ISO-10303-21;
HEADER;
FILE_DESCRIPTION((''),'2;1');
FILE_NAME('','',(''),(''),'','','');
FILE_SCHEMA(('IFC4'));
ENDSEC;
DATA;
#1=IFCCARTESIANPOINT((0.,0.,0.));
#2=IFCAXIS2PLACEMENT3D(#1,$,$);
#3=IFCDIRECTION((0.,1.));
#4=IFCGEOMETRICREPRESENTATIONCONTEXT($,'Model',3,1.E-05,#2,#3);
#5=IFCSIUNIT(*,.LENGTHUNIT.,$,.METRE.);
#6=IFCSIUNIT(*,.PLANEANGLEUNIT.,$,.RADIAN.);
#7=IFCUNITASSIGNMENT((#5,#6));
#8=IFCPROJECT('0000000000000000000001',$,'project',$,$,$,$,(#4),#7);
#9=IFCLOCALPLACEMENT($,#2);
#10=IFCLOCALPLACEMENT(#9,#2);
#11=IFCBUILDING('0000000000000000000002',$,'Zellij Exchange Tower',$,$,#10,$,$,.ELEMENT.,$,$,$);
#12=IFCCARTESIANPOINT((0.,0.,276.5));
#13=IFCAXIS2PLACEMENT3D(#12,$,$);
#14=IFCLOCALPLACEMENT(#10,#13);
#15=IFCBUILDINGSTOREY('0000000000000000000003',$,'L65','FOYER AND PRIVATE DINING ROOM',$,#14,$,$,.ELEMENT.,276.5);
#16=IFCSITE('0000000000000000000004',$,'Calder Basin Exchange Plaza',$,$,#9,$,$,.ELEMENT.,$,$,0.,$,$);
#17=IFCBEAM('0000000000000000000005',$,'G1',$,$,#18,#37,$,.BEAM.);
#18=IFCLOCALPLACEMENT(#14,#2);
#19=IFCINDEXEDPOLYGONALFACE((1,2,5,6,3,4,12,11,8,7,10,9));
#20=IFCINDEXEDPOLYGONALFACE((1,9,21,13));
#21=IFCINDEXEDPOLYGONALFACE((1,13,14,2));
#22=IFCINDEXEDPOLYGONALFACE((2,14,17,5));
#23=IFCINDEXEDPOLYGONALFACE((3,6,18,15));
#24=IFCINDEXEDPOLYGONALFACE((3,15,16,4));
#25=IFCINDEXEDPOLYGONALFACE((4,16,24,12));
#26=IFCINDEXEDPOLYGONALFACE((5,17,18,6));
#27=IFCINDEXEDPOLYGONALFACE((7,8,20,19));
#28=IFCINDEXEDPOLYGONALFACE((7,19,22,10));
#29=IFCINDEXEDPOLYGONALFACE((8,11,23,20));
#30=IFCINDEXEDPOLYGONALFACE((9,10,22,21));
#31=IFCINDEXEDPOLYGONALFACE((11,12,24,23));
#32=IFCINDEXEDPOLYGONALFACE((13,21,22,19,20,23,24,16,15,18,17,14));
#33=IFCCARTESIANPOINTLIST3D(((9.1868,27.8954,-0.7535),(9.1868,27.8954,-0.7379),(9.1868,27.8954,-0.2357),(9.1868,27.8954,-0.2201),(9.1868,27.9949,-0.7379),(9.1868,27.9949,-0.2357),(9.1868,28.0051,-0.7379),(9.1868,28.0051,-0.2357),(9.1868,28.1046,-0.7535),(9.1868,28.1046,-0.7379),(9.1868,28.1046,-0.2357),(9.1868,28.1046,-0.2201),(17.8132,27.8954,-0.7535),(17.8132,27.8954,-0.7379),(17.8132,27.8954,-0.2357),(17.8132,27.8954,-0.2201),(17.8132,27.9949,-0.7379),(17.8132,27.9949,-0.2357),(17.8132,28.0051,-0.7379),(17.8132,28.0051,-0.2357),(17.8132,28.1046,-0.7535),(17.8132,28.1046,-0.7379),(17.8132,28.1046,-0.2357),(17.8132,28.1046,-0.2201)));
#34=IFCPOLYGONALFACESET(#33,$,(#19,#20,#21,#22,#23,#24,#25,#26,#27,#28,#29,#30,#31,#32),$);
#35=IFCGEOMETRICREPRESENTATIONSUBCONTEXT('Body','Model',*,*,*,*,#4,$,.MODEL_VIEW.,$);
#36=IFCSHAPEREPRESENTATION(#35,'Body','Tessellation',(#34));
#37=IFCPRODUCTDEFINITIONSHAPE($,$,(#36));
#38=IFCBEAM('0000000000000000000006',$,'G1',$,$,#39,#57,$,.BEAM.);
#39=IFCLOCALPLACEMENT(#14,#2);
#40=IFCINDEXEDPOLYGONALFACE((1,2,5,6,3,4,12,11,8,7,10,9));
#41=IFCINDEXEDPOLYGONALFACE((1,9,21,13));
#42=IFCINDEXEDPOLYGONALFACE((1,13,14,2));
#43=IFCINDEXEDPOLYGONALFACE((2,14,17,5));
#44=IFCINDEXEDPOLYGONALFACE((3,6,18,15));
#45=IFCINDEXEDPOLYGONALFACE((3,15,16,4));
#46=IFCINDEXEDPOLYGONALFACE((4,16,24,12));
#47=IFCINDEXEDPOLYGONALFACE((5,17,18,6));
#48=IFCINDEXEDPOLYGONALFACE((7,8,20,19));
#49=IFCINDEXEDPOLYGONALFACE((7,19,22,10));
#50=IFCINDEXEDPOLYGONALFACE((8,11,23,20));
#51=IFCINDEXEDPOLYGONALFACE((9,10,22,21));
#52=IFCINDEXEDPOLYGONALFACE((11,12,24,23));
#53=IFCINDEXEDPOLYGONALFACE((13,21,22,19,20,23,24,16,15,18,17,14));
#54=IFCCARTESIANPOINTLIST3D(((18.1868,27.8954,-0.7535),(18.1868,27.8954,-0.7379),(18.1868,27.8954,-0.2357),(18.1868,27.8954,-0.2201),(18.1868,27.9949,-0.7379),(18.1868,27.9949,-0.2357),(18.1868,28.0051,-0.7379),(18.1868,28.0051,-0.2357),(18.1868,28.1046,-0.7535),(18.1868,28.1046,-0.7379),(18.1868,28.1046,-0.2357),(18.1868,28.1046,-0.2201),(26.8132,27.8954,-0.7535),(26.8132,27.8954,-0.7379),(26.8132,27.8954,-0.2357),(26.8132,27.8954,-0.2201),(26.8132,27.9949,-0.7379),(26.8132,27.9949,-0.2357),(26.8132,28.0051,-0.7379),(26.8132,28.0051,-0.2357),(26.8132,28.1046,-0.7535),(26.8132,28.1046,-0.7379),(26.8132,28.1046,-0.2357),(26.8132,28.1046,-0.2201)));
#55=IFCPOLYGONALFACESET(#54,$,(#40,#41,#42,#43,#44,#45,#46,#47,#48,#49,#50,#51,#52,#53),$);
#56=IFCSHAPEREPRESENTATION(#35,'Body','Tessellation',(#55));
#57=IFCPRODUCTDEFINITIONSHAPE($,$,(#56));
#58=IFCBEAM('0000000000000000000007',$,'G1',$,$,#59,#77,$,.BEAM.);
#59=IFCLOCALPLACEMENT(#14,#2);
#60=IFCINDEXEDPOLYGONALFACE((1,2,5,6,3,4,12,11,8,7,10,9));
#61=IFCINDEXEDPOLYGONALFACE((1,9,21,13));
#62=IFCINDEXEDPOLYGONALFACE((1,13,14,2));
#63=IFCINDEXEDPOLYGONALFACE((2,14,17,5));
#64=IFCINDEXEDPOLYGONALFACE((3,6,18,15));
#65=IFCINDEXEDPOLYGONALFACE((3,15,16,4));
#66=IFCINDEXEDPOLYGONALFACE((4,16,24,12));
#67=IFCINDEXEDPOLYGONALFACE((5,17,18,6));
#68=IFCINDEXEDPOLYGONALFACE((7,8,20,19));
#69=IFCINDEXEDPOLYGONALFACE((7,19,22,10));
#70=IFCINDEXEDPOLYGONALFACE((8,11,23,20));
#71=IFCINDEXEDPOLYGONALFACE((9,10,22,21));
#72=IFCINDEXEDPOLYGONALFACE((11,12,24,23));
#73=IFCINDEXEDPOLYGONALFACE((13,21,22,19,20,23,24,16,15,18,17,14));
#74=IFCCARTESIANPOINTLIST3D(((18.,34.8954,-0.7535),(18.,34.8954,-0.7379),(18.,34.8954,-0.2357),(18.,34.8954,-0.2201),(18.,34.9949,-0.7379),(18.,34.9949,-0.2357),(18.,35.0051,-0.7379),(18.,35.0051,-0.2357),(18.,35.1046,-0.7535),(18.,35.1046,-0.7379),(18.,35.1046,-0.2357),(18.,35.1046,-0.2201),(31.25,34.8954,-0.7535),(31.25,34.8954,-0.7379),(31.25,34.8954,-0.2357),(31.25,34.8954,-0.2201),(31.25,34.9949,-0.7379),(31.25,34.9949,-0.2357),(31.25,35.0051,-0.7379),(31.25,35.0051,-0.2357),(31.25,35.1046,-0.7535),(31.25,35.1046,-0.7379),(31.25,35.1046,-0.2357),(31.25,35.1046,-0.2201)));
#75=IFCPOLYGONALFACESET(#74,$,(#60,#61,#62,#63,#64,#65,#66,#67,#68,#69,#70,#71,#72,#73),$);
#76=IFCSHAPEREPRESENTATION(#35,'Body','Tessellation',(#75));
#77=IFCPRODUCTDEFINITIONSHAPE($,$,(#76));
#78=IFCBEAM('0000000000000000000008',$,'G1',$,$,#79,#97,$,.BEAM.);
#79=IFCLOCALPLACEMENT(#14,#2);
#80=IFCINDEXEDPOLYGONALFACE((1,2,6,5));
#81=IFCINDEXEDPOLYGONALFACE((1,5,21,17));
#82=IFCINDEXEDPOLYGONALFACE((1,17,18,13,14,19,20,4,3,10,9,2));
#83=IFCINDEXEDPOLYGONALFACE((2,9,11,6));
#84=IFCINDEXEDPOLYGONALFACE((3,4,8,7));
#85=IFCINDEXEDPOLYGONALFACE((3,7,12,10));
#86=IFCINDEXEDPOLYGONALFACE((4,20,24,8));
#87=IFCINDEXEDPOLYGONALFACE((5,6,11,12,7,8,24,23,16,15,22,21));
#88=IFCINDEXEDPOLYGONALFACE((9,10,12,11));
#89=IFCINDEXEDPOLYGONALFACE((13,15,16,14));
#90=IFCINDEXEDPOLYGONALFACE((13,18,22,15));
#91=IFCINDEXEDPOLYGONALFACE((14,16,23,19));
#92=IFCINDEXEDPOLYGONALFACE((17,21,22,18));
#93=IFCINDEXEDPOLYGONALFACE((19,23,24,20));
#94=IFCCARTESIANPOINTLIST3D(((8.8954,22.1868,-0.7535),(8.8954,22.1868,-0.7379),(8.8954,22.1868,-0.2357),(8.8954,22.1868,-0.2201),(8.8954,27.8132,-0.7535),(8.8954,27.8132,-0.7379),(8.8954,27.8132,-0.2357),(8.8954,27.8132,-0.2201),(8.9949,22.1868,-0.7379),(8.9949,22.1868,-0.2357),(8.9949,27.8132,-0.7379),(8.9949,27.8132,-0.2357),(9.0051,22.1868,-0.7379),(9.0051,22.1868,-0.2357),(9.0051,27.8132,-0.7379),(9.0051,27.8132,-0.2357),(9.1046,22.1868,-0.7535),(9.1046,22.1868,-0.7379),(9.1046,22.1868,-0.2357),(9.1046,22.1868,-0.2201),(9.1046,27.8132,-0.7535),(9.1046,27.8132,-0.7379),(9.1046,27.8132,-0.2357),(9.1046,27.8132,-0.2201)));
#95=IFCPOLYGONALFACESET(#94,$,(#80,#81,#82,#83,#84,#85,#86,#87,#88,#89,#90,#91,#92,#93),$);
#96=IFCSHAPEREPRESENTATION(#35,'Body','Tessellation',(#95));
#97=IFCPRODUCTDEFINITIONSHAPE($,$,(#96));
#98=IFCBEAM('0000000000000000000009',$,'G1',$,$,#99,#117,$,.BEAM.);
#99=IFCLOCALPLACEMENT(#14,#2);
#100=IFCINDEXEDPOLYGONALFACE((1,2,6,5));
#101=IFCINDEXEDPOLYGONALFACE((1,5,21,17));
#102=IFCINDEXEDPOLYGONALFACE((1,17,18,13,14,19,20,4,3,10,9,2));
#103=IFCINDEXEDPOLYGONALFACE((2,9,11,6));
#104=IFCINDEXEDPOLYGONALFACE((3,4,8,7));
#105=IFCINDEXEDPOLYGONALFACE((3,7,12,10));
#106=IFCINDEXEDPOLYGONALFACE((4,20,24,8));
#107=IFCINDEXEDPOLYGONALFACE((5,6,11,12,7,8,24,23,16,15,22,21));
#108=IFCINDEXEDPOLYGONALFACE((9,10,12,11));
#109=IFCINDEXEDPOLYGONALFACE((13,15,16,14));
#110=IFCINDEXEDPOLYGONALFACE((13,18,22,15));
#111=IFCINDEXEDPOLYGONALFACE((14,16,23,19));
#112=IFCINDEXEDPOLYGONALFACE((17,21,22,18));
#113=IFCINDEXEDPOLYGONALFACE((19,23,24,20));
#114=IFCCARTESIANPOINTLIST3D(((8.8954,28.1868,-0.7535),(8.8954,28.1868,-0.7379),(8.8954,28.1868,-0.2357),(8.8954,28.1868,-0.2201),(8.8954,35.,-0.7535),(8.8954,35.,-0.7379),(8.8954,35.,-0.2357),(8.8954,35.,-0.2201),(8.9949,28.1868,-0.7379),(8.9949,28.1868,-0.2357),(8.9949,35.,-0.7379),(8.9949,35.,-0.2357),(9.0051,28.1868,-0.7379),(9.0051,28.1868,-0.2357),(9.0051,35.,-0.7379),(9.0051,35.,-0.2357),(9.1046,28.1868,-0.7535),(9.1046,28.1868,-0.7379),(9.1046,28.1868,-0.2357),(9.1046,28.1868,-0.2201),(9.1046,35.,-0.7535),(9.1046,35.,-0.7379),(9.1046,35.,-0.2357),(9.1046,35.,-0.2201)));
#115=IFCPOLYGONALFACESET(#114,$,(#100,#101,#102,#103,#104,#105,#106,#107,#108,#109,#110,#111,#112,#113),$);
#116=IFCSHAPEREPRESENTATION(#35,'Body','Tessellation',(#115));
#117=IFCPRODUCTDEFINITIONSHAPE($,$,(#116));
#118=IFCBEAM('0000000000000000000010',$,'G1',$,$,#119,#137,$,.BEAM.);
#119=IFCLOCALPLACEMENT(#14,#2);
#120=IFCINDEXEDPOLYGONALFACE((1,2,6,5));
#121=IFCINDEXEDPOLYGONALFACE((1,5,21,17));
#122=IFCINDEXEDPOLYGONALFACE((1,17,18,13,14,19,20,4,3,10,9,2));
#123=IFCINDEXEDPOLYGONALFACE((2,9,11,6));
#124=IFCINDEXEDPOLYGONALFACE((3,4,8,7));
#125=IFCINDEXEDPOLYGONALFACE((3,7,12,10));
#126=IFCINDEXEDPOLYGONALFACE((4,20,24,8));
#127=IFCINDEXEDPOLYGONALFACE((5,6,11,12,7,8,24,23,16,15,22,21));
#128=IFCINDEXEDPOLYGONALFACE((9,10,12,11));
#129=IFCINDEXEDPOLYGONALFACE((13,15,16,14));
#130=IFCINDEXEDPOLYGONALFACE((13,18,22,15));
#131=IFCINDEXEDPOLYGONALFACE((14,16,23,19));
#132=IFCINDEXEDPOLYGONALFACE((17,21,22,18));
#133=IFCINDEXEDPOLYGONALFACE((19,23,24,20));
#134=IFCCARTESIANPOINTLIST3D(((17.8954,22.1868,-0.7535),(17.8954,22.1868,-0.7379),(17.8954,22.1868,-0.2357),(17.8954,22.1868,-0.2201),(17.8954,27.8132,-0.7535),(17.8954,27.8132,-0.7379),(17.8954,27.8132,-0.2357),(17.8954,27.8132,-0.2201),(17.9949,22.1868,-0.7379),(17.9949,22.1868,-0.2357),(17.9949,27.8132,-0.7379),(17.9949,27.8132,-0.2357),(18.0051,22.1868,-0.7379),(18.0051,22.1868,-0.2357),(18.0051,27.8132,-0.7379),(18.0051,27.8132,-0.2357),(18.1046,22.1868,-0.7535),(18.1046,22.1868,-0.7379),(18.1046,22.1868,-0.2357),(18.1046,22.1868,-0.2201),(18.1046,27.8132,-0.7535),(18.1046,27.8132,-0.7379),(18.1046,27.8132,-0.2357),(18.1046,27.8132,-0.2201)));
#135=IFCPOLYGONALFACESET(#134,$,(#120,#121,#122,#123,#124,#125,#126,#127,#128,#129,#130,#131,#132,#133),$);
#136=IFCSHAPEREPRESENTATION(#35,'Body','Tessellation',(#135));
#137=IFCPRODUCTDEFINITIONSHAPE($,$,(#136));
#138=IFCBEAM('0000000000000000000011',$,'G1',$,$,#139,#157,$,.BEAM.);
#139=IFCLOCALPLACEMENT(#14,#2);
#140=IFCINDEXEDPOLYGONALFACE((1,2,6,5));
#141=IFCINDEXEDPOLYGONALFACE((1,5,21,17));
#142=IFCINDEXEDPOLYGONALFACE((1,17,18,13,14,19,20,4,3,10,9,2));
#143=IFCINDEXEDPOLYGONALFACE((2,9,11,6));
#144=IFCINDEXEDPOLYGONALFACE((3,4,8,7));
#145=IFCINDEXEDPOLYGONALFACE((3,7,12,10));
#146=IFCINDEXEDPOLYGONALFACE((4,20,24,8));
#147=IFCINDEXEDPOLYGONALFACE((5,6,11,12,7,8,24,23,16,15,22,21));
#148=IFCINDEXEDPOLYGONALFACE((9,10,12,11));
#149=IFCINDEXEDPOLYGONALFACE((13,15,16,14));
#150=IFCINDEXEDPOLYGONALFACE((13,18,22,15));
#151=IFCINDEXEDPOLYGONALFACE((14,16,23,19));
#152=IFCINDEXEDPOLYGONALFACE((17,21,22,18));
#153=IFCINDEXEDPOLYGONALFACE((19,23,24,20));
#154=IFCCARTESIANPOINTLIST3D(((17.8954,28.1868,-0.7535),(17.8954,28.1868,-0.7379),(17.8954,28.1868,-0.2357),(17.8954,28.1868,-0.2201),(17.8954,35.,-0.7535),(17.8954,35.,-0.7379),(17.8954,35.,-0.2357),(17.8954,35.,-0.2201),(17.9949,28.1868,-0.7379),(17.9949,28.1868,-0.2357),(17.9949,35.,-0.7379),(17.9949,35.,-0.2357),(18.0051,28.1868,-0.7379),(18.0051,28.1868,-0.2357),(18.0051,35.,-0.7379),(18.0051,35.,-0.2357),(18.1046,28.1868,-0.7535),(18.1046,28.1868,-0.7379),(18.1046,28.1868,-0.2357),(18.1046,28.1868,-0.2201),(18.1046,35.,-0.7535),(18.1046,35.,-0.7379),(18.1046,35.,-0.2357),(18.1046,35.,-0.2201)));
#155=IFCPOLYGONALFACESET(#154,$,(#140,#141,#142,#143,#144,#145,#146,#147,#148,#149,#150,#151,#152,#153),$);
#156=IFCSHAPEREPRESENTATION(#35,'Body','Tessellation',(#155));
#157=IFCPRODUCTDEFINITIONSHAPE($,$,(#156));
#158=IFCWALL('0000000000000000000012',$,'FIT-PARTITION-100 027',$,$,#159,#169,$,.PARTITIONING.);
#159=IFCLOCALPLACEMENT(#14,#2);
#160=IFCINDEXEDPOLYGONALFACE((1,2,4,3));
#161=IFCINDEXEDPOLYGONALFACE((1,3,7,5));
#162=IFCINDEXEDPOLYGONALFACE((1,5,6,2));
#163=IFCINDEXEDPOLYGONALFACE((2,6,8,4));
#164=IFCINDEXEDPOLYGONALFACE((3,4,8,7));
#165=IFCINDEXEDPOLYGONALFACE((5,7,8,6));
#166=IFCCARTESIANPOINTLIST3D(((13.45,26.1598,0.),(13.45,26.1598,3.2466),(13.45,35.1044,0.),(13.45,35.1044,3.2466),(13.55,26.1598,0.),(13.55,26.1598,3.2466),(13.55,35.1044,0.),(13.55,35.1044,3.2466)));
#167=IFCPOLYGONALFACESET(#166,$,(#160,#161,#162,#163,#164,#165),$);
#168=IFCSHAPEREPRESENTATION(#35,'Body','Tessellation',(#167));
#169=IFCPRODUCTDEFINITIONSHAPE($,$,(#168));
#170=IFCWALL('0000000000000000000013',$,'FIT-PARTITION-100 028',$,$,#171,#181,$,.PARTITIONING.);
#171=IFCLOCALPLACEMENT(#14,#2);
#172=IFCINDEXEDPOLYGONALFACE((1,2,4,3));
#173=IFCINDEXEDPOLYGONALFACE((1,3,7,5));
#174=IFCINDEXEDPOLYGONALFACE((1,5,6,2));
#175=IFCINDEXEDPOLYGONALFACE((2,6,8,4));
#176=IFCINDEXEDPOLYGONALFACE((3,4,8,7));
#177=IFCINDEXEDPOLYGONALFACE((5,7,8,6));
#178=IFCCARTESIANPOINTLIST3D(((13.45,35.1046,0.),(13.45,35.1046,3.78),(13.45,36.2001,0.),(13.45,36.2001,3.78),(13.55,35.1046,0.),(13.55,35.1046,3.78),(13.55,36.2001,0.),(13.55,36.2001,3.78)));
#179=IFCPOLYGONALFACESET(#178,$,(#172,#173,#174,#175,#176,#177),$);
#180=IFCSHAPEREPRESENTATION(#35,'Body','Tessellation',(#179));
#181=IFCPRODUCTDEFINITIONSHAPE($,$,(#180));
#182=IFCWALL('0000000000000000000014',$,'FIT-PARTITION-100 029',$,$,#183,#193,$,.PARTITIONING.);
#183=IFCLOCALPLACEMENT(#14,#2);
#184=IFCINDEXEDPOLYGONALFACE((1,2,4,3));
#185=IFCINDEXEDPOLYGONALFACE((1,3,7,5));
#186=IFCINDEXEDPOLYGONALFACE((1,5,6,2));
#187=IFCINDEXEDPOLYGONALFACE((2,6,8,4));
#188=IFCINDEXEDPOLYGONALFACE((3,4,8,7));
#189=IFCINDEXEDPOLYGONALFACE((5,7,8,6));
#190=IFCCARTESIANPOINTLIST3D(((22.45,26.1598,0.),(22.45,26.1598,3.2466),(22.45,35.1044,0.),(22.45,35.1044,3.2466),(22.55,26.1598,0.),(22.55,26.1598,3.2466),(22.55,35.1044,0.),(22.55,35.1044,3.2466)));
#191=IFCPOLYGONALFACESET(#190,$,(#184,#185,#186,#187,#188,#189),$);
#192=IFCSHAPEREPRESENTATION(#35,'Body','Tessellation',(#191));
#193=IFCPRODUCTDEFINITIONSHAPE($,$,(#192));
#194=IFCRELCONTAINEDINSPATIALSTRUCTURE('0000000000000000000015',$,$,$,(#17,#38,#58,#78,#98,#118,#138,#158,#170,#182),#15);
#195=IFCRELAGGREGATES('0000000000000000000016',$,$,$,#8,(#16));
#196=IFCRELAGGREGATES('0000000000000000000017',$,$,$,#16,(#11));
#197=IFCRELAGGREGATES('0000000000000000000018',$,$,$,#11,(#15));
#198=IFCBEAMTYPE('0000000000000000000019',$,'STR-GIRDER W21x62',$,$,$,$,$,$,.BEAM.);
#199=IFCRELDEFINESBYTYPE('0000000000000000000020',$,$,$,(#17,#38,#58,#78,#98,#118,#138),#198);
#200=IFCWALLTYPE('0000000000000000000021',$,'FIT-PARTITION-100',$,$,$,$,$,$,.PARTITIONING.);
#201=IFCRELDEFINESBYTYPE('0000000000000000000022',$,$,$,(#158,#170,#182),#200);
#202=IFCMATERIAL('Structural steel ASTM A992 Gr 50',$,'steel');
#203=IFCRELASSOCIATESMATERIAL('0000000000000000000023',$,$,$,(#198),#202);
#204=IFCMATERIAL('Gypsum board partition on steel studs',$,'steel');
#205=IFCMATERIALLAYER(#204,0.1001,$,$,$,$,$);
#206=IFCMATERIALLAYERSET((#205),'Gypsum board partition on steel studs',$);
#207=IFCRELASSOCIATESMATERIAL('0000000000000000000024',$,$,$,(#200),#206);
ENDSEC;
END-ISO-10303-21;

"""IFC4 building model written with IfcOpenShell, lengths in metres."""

from ifc_helpers import new_model, si_unit, direction, frame, frame_2d, origin, origin_2d, place, context, subcontext, project, spatial, rectangle, i_section, extrude, material, layer, layer_set, material_profile, profile_set, type_object, element, save


model = new_model("IFC4")

# Units and contexts
model_context = context("Model", 3, precision=1e-05, world=origin(), true_north=direction((0.0, 1.0)))
body_context = subcontext(model_context, "Body", "Model", "MODEL_VIEW")
ifc_project = project(units=[si_unit("LENGTHUNIT", "METRE"), si_unit("PLANEANGLEUNIT", "RADIAN")], contexts=[model_context])

# Site, building, storey
site_placement = place(None, origin())
site = spatial("IfcSite", under=ifc_project, at=site_placement, Name="Calder Basin Exchange Plaza", CompositionType="ELEMENT", RefElevation=0.0)
building_placement = place(site_placement, origin())
building = spatial("IfcBuilding", under=site, at=building_placement, Name="Zellij Exchange Tower", CompositionType="ELEMENT")
storey_placement = place(building_placement, frame((0.0, 0.0, 276.5)))
storey = spatial("IfcBuildingStorey", under=building, at=storey_placement, Name="L65", Description="FOYER AND PRIVATE DINING ROOM", CompositionType="ELEMENT", Elevation=276.5)

# Shared definitions
ifc_material_1 = material(Name="Structural steel ASTM A992 Gr 50", Category="steel")

# Beams
ifc_material_profile_1 = material_profile(ifc_material_1, i_section(OverallWidth=0.2092, OverallDepth=0.5334, WebThickness=0.0103, FlangeThickness=0.0156, at=origin_2d()), Name="W21x62")
ifc_profile_set_1 = profile_set([ifc_material_profile_1], Name="Structural steel ASTM A992 Gr 50")
beam_type = type_object("IfcBeamType", Name="STR-GIRDER W21x62", PredefinedType="BEAM", material=ifc_profile_set_1)
for number, where, z_axis, x_axis, name in (
    (1, (9.1868, 28.0, -0.4868), (1.0, 0.0, 0.0), (0.0, 1.0, 0.0), "G1"),
    (2, (18.1868, 28.0, -0.4868), (1.0, 0.0, 0.0), (0.0, 1.0, 0.0), "G1"),
):
    element("IfcBeam", number, at=place(storey_placement, frame(where, z_axis=z_axis, x_axis=x_axis)), inside=storey, type_object=beam_type, Name=name, PredefinedType="BEAM", context=body_context, shape_type="SweptSolid", body=[
        extrude(i_section(OverallWidth=0.2092, OverallDepth=0.5334, WebThickness=0.0103, FlangeThickness=0.0156, at=origin_2d()), origin(), (0.0, 0.0, 1.0), 8.6265),
    ])
beam_1_placement = place(storey_placement, frame((18.0, 35.0, -0.4868), z_axis=(1.0, 0.0, 0.0), x_axis=(0.0, 1.0, 0.0)))
element("IfcBeam", 3, at=beam_1_placement, inside=storey, type_object=beam_type, Name="G1", PredefinedType="BEAM", context=body_context, shape_type="SweptSolid", body=[
    extrude(i_section(OverallWidth=0.2092, OverallDepth=0.5334, WebThickness=0.0103, FlangeThickness=0.0156, at=origin_2d()), origin(), (0.0, 0.0, 1.0), 13.25),
])
beam_2_placement = place(storey_placement, frame((9.0, 22.1868, -0.4868), z_axis=(0.0, 1.0, 0.0), x_axis=(-1.0, 0.0, 0.0)))
element("IfcBeam", 4, at=beam_2_placement, inside=storey, type_object=beam_type, Name="G1", PredefinedType="BEAM", context=body_context, shape_type="SweptSolid", body=[
    extrude(i_section(OverallWidth=0.2092, OverallDepth=0.5334, WebThickness=0.0103, FlangeThickness=0.0156, at=origin_2d()), origin(), (0.0, 0.0, 1.0), 5.6265),
])
beam_3_placement = place(storey_placement, frame((9.0, 28.1868, -0.4868), z_axis=(0.0, 1.0, 0.0), x_axis=(-1.0, 0.0, 0.0)))
element("IfcBeam", 5, at=beam_3_placement, inside=storey, type_object=beam_type, Name="G1", PredefinedType="BEAM", context=body_context, shape_type="SweptSolid", body=[
    extrude(i_section(OverallWidth=0.2092, OverallDepth=0.5334, WebThickness=0.0103, FlangeThickness=0.0156, at=origin_2d()), origin(), (0.0, 0.0, 1.0), 6.8132),
])
beam_4_placement = place(storey_placement, frame((18.0, 22.1868, -0.4868), z_axis=(0.0, 1.0, 0.0), x_axis=(-1.0, 0.0, 0.0)))
element("IfcBeam", 6, at=beam_4_placement, inside=storey, type_object=beam_type, Name="G1", PredefinedType="BEAM", context=body_context, shape_type="SweptSolid", body=[
    extrude(i_section(OverallWidth=0.2092, OverallDepth=0.5334, WebThickness=0.0103, FlangeThickness=0.0156, at=origin_2d()), origin(), (0.0, 0.0, 1.0), 5.6265),
])
beam_5_placement = place(storey_placement, frame((18.0, 28.1868, -0.4868), z_axis=(0.0, 1.0, 0.0), x_axis=(-1.0, 0.0, 0.0)))
element("IfcBeam", 7, at=beam_5_placement, inside=storey, type_object=beam_type, Name="G1", PredefinedType="BEAM", context=body_context, shape_type="SweptSolid", body=[
    extrude(i_section(OverallWidth=0.2092, OverallDepth=0.5334, WebThickness=0.0103, FlangeThickness=0.0156, at=origin_2d()), origin(), (0.0, 0.0, 1.0), 6.8132),
])

# Walls
ifc_material_2 = material(Name="Gypsum board partition on steel studs", Category="steel")
ifc_layer = layer(ifc_material_2, 0.1001)
ifc_layer_set = layer_set([ifc_layer], Name="Gypsum board partition on steel studs")
wall_type = type_object("IfcWallType", Name="FIT-PARTITION-100", PredefinedType="PARTITIONING", material=ifc_layer_set)
wall_1_placement = place(storey_placement, frame((13.5, 26.1599, 0.0), z_axis=(0.0, 0.0, 1.0), x_axis=(0.0, 1.0, 0.0)))
element("IfcWall", 8, at=wall_1_placement, inside=storey, type_object=wall_type, Name="FIT-PARTITION-100 027", PredefinedType="PARTITIONING", context=body_context, shape_type="SweptSolid", body=[
    extrude(rectangle(XDim=8.9446, YDim=0.1001, at=frame_2d((4.4722, 0.0))), origin(), (0.0, 0.0, 1.0), 3.2466),
])
wall_2_placement = place(storey_placement, frame((13.5, 35.1045, 0.0), z_axis=(0.0, 0.0, 1.0), x_axis=(0.0, 1.0, 0.0)))
element("IfcWall", 9, at=wall_2_placement, inside=storey, type_object=wall_type, Name="FIT-PARTITION-100 028", PredefinedType="PARTITIONING", context=body_context, shape_type="SweptSolid", body=[
    extrude(rectangle(XDim=1.0955, YDim=0.1001, at=frame_2d((0.5479, 0.0))), origin(), (0.0, 0.0, 1.0), 3.78),
])
wall_3_placement = place(storey_placement, frame((22.5, 26.1599, 0.0), z_axis=(0.0, 0.0, 1.0), x_axis=(0.0, 1.0, 0.0)))
element("IfcWall", 10, at=wall_3_placement, inside=storey, type_object=wall_type, Name="FIT-PARTITION-100 029", PredefinedType="PARTITIONING", context=body_context, shape_type="SweptSolid", body=[
    extrude(rectangle(XDim=8.9446, YDim=0.1001, at=frame_2d((4.4722, 0.0))), origin(), (0.0, 0.0, 1.0), 3.2466),
])

save(model, "model.ifc")
